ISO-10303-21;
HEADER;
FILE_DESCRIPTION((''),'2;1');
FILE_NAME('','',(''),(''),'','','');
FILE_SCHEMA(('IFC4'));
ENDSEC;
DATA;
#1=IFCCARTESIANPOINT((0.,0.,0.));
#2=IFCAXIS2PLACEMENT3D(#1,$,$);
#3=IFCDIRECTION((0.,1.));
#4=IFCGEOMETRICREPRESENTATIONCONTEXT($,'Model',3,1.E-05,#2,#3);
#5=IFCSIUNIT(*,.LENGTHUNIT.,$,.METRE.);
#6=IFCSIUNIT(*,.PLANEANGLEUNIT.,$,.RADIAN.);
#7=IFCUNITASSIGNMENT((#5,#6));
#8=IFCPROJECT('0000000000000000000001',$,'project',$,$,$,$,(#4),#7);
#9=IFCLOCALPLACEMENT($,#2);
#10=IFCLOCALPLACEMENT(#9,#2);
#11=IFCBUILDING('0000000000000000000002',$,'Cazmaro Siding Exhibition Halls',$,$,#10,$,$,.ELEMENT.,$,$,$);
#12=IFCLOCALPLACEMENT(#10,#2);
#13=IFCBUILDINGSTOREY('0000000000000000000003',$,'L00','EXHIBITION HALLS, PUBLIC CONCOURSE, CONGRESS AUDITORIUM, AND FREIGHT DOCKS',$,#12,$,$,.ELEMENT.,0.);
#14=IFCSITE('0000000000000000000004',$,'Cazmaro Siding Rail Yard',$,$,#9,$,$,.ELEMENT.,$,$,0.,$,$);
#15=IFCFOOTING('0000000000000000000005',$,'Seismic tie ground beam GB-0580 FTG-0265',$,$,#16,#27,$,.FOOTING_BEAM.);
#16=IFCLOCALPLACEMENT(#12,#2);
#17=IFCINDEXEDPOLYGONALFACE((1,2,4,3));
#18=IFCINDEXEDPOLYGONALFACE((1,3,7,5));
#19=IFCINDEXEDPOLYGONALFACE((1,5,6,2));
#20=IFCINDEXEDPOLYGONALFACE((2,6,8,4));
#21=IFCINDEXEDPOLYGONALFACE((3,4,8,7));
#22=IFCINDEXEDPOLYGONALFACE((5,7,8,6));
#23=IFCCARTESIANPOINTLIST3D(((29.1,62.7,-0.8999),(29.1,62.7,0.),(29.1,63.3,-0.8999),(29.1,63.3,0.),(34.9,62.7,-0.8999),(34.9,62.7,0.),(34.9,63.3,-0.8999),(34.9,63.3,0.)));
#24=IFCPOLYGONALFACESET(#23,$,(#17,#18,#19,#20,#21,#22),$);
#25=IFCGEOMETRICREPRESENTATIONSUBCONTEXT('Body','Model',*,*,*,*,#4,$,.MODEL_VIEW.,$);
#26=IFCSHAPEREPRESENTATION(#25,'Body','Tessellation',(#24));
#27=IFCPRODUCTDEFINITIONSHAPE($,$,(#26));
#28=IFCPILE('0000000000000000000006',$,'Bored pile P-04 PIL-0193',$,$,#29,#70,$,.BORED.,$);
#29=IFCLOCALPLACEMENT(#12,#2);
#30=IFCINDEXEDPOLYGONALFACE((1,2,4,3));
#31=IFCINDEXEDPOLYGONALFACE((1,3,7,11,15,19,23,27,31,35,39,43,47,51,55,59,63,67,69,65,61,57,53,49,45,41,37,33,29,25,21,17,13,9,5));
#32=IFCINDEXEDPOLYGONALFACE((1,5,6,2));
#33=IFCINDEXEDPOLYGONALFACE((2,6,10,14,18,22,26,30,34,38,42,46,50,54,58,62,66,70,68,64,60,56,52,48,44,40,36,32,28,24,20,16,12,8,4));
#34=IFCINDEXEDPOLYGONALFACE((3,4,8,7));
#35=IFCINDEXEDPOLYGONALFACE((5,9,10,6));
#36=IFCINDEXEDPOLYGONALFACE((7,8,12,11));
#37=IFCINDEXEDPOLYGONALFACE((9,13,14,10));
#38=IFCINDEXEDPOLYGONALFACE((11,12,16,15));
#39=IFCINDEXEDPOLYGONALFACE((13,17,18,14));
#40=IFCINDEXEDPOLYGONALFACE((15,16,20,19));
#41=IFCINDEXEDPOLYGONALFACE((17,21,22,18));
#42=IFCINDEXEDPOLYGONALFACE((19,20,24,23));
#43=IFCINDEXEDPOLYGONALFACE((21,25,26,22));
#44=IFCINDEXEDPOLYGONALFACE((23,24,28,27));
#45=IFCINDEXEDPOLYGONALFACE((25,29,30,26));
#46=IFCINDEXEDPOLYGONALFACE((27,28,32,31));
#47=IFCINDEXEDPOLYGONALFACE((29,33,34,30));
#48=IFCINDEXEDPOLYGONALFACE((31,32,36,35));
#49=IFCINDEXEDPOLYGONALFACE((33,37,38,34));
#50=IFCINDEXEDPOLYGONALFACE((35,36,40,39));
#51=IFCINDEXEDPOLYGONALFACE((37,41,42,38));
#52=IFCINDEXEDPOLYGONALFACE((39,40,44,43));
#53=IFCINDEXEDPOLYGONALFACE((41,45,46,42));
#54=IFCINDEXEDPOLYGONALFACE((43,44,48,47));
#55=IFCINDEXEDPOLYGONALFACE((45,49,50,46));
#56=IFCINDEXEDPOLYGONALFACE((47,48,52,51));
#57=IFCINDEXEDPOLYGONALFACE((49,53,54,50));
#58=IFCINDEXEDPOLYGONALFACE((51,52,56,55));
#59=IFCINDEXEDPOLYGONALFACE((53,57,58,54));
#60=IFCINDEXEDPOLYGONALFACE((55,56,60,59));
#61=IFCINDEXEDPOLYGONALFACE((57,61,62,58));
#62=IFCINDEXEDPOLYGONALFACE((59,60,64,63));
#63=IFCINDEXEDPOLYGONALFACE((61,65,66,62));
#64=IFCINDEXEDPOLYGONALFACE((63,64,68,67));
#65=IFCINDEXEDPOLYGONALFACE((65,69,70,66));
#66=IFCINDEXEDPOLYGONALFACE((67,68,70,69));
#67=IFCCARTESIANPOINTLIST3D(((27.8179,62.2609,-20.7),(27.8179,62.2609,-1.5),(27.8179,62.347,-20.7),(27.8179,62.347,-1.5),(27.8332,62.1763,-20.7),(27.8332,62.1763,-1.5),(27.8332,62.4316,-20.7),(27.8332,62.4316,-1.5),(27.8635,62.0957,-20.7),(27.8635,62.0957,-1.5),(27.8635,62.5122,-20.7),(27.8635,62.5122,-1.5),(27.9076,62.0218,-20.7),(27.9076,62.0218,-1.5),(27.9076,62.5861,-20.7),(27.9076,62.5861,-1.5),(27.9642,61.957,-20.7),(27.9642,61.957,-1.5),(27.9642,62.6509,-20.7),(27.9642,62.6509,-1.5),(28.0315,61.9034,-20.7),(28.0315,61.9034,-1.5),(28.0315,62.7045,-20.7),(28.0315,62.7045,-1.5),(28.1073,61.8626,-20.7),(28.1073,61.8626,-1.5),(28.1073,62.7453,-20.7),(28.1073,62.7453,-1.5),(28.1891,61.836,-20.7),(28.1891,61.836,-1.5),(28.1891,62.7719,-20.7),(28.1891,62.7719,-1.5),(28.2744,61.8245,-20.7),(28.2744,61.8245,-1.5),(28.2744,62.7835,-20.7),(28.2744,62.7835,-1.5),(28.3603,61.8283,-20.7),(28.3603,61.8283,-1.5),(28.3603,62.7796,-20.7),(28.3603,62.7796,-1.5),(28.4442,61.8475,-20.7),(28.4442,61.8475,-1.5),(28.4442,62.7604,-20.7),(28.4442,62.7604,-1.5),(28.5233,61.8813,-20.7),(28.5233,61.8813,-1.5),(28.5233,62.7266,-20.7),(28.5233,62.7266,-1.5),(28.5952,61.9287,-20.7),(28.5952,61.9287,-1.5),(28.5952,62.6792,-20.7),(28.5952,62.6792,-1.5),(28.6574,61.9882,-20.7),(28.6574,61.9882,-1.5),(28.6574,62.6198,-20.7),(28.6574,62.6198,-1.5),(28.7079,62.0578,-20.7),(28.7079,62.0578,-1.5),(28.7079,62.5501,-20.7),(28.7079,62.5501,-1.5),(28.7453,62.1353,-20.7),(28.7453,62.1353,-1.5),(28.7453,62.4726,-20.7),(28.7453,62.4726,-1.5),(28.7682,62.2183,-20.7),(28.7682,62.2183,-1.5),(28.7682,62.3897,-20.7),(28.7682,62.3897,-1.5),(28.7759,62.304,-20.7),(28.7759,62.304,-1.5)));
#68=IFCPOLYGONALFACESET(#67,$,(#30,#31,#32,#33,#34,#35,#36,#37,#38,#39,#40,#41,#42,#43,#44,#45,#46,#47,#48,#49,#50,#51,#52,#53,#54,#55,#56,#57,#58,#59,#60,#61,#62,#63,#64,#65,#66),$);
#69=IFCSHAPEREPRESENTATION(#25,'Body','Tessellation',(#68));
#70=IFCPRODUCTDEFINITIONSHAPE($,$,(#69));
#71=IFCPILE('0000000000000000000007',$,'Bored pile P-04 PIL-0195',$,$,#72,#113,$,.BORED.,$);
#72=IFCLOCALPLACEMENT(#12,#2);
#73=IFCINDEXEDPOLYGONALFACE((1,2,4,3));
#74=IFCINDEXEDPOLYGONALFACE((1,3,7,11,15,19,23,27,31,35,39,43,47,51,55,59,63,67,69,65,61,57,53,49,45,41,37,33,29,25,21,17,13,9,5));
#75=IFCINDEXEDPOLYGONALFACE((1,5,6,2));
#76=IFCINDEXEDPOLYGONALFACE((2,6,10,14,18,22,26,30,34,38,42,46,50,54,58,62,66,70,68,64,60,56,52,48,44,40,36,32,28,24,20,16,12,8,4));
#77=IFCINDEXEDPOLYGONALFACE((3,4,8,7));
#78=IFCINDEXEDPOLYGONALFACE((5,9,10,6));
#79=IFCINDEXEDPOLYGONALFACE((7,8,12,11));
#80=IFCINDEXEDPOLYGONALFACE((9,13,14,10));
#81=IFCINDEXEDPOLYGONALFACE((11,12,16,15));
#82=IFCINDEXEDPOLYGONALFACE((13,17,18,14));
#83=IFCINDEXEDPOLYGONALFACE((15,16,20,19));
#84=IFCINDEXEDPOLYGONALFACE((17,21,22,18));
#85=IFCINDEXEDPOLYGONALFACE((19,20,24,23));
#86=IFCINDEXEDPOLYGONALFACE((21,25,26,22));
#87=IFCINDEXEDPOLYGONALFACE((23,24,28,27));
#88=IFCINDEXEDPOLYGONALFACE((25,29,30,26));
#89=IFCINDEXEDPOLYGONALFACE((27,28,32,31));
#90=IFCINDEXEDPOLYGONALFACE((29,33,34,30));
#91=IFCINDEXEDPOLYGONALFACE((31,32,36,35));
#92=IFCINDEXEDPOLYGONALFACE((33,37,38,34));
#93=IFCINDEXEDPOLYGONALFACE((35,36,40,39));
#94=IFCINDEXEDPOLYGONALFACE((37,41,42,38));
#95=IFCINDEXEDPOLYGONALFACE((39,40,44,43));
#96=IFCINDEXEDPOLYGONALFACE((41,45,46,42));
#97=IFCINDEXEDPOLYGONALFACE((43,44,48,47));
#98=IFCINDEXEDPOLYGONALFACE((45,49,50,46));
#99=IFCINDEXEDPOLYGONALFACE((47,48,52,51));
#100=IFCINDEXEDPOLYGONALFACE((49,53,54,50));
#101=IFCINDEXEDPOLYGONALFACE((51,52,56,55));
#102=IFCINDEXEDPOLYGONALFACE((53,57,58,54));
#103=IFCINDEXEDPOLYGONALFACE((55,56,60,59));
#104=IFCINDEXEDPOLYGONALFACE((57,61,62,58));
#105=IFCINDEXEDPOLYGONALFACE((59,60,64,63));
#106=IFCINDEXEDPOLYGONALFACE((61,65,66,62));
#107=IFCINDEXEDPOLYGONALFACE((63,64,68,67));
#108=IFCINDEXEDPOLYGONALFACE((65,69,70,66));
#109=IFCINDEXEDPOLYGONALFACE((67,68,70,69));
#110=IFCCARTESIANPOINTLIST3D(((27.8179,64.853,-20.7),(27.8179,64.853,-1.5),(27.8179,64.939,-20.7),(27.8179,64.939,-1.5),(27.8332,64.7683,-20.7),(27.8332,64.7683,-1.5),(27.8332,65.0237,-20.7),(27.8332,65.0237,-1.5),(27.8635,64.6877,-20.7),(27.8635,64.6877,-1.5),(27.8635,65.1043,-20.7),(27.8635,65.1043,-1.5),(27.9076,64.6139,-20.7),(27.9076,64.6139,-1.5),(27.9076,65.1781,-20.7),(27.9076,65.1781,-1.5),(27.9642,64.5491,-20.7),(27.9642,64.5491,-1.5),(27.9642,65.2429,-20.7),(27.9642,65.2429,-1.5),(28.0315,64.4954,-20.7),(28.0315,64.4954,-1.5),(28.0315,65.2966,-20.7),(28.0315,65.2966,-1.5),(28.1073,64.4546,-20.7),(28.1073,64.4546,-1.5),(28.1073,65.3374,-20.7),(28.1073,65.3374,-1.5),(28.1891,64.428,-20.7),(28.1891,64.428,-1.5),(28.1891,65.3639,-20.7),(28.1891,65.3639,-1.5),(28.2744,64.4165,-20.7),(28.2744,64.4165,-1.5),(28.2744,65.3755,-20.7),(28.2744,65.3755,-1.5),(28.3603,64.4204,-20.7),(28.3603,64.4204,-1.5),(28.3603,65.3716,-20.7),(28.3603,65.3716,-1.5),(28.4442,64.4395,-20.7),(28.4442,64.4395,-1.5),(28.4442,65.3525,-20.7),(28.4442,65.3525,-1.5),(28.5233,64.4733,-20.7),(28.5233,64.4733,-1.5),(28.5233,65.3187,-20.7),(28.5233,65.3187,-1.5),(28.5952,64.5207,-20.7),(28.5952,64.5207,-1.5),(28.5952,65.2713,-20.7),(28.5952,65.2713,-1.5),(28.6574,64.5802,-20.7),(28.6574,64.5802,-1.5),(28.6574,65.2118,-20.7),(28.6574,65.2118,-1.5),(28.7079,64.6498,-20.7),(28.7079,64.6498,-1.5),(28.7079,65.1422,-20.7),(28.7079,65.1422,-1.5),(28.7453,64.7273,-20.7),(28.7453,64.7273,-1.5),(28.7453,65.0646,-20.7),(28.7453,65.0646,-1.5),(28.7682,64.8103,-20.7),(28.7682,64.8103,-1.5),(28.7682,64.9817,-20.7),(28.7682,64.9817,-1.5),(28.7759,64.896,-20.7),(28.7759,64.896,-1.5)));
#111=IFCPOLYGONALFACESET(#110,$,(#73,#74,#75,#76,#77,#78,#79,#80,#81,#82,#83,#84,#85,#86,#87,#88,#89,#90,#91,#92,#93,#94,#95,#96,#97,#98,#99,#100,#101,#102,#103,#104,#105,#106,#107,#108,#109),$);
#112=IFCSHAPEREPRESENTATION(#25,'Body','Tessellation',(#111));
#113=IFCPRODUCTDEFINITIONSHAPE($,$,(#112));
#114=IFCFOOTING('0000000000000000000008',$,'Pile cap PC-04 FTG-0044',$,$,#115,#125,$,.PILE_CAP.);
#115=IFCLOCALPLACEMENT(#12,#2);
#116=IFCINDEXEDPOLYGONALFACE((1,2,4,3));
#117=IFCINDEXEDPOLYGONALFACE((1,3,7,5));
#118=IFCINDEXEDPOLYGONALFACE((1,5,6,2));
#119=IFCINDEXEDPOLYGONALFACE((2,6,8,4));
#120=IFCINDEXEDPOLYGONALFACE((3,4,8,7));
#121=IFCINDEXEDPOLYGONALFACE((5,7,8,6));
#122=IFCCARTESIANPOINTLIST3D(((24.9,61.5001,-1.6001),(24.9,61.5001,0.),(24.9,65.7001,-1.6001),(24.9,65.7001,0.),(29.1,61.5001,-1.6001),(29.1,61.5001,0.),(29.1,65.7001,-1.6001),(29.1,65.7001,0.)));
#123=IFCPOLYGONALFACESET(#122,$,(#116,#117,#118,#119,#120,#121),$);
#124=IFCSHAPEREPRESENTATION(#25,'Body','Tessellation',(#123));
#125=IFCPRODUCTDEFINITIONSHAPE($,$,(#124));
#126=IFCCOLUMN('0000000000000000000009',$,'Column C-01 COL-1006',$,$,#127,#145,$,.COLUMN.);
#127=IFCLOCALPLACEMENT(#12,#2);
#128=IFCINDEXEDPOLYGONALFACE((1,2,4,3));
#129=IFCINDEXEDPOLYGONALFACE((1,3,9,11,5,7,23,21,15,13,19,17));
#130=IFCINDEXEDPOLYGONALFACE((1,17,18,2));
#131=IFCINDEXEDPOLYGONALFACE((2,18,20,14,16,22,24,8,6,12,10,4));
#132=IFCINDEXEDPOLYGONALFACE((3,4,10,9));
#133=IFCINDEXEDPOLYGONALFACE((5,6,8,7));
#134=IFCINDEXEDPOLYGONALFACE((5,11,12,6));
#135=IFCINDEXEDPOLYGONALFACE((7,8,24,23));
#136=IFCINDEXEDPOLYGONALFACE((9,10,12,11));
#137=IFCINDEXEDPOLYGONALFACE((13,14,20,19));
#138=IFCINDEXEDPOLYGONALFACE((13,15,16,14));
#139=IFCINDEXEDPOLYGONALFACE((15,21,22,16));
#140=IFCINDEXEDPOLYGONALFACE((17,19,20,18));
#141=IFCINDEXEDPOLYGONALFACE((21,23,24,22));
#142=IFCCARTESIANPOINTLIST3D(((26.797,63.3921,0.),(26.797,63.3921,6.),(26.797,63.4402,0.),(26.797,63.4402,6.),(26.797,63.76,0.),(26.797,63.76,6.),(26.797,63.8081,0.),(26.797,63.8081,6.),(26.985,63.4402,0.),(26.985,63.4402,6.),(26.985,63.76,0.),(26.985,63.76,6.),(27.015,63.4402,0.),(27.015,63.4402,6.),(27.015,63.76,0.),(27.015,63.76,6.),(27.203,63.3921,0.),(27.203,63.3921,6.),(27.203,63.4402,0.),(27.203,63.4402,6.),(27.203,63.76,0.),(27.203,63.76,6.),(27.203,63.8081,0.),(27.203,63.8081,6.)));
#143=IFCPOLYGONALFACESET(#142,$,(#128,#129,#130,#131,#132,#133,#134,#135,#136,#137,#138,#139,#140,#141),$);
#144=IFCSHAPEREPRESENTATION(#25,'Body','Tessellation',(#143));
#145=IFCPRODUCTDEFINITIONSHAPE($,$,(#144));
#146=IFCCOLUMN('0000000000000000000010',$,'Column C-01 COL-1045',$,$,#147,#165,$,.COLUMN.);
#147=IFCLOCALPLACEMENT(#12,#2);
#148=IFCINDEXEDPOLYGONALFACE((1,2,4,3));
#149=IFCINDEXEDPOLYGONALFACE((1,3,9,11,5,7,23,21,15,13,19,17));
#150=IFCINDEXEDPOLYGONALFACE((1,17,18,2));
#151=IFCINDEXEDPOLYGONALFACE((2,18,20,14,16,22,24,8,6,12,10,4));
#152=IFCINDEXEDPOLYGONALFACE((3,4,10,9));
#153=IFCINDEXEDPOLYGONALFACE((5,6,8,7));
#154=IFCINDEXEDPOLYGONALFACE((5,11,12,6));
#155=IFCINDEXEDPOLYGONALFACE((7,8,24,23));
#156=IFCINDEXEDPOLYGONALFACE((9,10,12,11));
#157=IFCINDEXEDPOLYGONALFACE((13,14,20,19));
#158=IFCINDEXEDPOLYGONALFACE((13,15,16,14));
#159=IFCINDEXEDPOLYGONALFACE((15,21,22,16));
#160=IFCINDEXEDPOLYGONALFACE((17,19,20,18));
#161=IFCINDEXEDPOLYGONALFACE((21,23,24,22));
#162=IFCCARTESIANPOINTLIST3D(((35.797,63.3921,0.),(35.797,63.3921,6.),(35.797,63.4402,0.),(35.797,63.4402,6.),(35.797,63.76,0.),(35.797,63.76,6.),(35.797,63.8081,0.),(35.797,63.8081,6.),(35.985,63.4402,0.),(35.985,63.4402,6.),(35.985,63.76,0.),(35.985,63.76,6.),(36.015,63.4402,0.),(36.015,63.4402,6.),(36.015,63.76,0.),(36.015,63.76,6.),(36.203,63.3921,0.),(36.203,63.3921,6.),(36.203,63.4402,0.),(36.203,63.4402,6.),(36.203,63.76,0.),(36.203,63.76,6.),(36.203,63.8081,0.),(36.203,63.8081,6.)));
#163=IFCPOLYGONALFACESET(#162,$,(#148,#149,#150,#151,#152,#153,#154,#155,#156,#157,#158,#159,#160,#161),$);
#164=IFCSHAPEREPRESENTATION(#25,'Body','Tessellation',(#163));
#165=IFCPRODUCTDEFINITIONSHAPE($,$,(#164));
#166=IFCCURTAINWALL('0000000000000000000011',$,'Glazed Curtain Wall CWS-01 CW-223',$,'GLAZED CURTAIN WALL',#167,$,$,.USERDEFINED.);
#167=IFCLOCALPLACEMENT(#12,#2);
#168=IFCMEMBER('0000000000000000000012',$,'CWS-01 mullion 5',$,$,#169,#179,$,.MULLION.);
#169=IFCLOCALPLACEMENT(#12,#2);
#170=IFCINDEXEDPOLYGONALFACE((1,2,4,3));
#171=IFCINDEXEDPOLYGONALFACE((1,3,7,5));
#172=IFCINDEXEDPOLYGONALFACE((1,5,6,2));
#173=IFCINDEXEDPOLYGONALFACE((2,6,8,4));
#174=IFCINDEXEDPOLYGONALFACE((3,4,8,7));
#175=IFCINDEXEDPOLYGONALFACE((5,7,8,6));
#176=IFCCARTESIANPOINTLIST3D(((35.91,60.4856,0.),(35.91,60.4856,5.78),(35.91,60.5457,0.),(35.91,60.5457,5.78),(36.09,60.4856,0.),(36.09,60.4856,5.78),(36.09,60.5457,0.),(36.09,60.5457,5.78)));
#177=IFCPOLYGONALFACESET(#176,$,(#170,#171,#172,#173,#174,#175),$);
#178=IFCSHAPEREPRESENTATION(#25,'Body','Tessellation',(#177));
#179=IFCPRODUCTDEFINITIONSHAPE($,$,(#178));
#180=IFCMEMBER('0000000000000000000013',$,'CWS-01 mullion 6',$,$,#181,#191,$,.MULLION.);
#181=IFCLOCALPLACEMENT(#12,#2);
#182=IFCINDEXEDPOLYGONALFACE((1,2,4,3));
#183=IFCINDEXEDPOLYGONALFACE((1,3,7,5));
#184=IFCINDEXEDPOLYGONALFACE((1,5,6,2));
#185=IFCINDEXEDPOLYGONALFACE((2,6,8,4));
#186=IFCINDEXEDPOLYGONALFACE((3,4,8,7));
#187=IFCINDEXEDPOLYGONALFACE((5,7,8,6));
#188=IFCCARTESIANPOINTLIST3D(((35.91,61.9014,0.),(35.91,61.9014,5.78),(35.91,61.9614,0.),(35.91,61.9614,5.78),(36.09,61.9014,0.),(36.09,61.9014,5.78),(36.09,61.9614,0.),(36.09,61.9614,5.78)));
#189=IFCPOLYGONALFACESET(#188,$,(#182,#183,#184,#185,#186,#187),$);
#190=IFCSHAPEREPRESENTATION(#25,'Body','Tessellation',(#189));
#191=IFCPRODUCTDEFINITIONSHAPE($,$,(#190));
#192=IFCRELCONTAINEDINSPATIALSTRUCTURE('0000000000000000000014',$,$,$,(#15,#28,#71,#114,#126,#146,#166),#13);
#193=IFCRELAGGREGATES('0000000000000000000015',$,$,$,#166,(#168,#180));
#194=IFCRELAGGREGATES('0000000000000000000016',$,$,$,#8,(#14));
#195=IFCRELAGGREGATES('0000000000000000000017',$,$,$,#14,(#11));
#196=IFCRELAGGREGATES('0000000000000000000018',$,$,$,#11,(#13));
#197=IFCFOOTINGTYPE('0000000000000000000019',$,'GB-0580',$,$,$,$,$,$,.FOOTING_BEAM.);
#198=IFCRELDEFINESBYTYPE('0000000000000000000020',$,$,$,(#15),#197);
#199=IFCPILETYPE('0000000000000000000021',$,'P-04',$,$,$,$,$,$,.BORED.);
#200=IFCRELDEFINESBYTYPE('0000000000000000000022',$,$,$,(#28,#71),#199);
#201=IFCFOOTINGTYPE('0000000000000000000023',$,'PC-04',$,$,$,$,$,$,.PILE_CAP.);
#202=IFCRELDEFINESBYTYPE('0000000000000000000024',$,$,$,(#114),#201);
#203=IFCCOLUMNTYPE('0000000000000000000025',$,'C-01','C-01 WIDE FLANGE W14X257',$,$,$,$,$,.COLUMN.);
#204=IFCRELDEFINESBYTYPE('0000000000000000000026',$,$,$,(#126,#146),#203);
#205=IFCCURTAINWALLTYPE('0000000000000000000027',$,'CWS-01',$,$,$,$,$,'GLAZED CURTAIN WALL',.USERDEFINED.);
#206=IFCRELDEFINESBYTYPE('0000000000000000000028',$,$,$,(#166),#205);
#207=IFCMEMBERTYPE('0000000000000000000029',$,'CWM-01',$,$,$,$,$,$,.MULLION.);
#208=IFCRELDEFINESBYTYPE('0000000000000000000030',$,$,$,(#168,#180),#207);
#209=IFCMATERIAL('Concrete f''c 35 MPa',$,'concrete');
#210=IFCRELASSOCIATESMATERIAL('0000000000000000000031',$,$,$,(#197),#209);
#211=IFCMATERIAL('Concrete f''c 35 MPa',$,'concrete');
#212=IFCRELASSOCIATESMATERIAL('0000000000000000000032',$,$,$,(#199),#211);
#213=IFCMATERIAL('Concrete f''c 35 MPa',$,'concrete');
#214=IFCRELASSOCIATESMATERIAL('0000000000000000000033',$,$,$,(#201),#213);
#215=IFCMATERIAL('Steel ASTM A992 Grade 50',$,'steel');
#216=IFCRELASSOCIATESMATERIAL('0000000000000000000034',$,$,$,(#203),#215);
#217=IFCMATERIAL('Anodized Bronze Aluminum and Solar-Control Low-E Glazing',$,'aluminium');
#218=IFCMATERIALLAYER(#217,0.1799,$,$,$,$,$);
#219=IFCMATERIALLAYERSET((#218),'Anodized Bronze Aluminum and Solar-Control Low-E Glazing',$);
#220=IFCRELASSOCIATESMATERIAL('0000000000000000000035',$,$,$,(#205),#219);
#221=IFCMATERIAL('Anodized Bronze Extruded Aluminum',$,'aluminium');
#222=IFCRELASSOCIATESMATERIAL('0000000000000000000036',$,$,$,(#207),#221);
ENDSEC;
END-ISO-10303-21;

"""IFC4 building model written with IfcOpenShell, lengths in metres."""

from ifc_helpers import new_model, si_unit, direction, frame, origin, origin_2d, place, context, subcontext, project, spatial, rectangle, circle, i_section, extrude, material, layer, layer_set, material_profile, profile_set, type_object, element, aggregate, save


model = new_model("IFC4")

# Units and contexts
model_context = context("Model", 3, precision=1e-05, world=origin(), true_north=direction((0.0, 1.0)))
body_context = subcontext(model_context, "Body", "Model", "MODEL_VIEW")
ifc_project = project(units=[si_unit("LENGTHUNIT", "METRE"), si_unit("PLANEANGLEUNIT", "RADIAN")], contexts=[model_context])

# Site, building, storey
site_placement = place(None, origin())
site = spatial("IfcSite", under=ifc_project, at=site_placement, Name="Cazmaro Siding Rail Yard", CompositionType="ELEMENT", RefElevation=0.0)
building_placement = place(site_placement, origin())
building = spatial("IfcBuilding", under=site, at=building_placement, Name="Cazmaro Siding Exhibition Halls", CompositionType="ELEMENT")
storey_placement = place(building_placement, origin())
storey = spatial("IfcBuildingStorey", under=building, at=storey_placement, Name="L00", Description="EXHIBITION HALLS, PUBLIC CONCOURSE, CONGRESS AUDITORIUM, AND FREIGHT DOCKS", CompositionType="ELEMENT", Elevation=0.0)

# Footing
ifc_material_1 = material(Name="Concrete f'c 35 MPa", Category="concrete")
footing_type_1 = type_object("IfcFootingType", Name="GB-0580", PredefinedType="FOOTING_BEAM", material=ifc_material_1)
footing_1_placement = place(storey_placement, frame((32.0, 63.0, -0.8999), z_axis=(0.0, 0.0, 1.0), x_axis=(1.0, 0.0, 0.0)))
element("IfcFooting", 1, at=footing_1_placement, inside=storey, type_object=footing_type_1, Name="Seismic tie ground beam GB-0580 FTG-0265", PredefinedType="FOOTING_BEAM", context=body_context, shape_type="SweptSolid", body=[
    extrude(rectangle(XDim=5.8, YDim=0.6001, at=origin_2d()), origin(), (0.0, 0.0, 1.0), 0.8999),
])

# Piles
ifc_material_2 = material(Name="Concrete f'c 35 MPa", Category="concrete")
ifc_material_profile_1 = material_profile(ifc_material_2, circle(Radius=0.48, at=origin_2d()), Name="CIDH-960")
ifc_profile_set_1 = profile_set([ifc_material_profile_1], Name="Concrete f'c 35 MPa")
pile_type = type_object("IfcPileType", Name="P-04", PredefinedType="BORED", material=ifc_profile_set_1)
for number, where, z_axis, x_axis, name in (
    (2, (28.2959, 62.304, -1.5), (0.0, 0.0, -1.0), (1.0, 0.0, 0.0), "Bored pile P-04 PIL-0193"),
    (3, (28.2959, 64.896, -1.5), (0.0, 0.0, -1.0), (1.0, 0.0, 0.0), "Bored pile P-04 PIL-0195"),
):
    element("IfcPile", number, at=place(storey_placement, frame(where, z_axis=z_axis, x_axis=x_axis)), inside=storey, type_object=pile_type, Name=name, PredefinedType="BORED", context=body_context, shape_type="SweptSolid", body=[
        extrude(circle(Radius=0.48, at=origin_2d()), origin(), (0.0, 0.0, 1.0), 19.2),
    ])

# Footing
ifc_material_3 = material(Name="Concrete f'c 35 MPa", Category="concrete")
footing_type_2 = type_object("IfcFootingType", Name="PC-04", PredefinedType="PILE_CAP", material=ifc_material_3)
footing_2_placement = place(storey_placement, frame((27.0, 63.6001, -1.6001), z_axis=(0.0, 0.0, 1.0), x_axis=(1.0, 0.0, 0.0)))
element("IfcFooting", 4, at=footing_2_placement, inside=storey, type_object=footing_type_2, Name="Pile cap PC-04 FTG-0044", PredefinedType="PILE_CAP", context=body_context, shape_type="SweptSolid", body=[
    extrude(rectangle(XDim=4.2, YDim=4.2, at=origin_2d()), origin(), (0.0, 0.0, 1.0), 1.6001),
])

# Columns
ifc_material_4 = material(Name="Steel ASTM A992 Grade 50", Category="steel")
ifc_material_profile_2 = material_profile(ifc_material_4, i_section(OverallWidth=0.406, OverallDepth=0.416, WebThickness=0.03, FlangeThickness=0.0481, at=origin_2d()), Name="W14X257")
ifc_profile_set_2 = profile_set([ifc_material_profile_2], Name="Steel ASTM A992 Grade 50")
column_type = type_object("IfcColumnType", Name="C-01", Description="C-01 WIDE FLANGE W14X257", PredefinedType="COLUMN", material=ifc_profile_set_2)
for number, where, z_axis, x_axis, name in (
    (5, (27.0, 63.6001, 0.0), (0.0, 0.0, 1.0), (1.0, 0.0, 0.0), "Column C-01 COL-1006"),
    (6, (36.0, 63.6001, 0.0), (0.0, 0.0, 1.0), (1.0, 0.0, 0.0), "Column C-01 COL-1045"),
):
    element("IfcColumn", number, at=place(storey_placement, frame(where, z_axis=z_axis, x_axis=x_axis)), inside=storey, type_object=column_type, Name=name, PredefinedType="COLUMN", context=body_context, shape_type="SweptSolid", body=[
        extrude(i_section(OverallWidth=0.406, OverallDepth=0.416, WebThickness=0.03, FlangeThickness=0.0481, at=origin_2d()), origin(), (0.0, 0.0, 1.0), 6.0),
    ])

# Curtain wall, members
ifc_material_5 = material(Name="Anodized Bronze Aluminum and Solar-Control Low-E Glazing", Category="aluminium")
ifc_layer_1 = layer(ifc_material_5, 0.1799)
ifc_layer_set_1 = layer_set([ifc_layer_1], Name="Anodized Bronze Aluminum and Solar-Control Low-E Glazing")
curtain_wall_type = type_object("IfcCurtainWallType", Name="CWS-01", ElementType="GLAZED CURTAIN WALL", PredefinedType="USERDEFINED", material=ifc_layer_set_1)
curtain_wall_1_placement = place(storey_placement, origin())
curtain_wall_1 = element("IfcCurtainWall", 7, at=curtain_wall_1_placement, inside=storey, type_object=curtain_wall_type, Name="Glazed Curtain Wall CWS-01 CW-223", ObjectType="GLAZED CURTAIN WALL", PredefinedType="USERDEFINED")
ifc_material_6 = material(Name="Anodized Bronze Extruded Aluminum", Category="aluminium")
ifc_material_profile_3 = material_profile(ifc_material_6, rectangle(XDim=0.1799, YDim=0.0601, at=origin_2d()), Name="CWM-01")
ifc_profile_set_3 = profile_set([ifc_material_profile_3], Name="Anodized Bronze Extruded Aluminum")
member_type_1 = type_object("IfcMemberType", Name="CWM-01", PredefinedType="MULLION", material=ifc_profile_set_3)
member_1_placement = place(storey_placement, frame((36.0, 60.5156, 0.0), z_axis=(0.0, 0.0, 1.0), x_axis=(-1.0, 0.0, 0.0)))
member_1 = element("IfcMember", 8, at=member_1_placement, type_object=member_type_1, Name="CWS-01 mullion 5", PredefinedType="MULLION", context=body_context, shape_type="SweptSolid", body=[
    extrude(rectangle(XDim=0.1799, YDim=0.0601, at=origin_2d()), origin(), (0.0, 0.0, 1.0), 5.78),
])
member_2_placement = place(storey_placement, frame((36.0, 61.9314, 0.0), z_axis=(0.0, 0.0, 1.0), x_axis=(-1.0, 0.0, 0.0)))
member_2 = element("IfcMember", 9, at=member_2_placement, type_object=member_type_1, Name="CWS-01 mullion 6", PredefinedType="MULLION", context=body_context, shape_type="SweptSolid", body=[
    extrude(rectangle(XDim=0.1799, YDim=0.0601, at=origin_2d()), origin(), (0.0, 0.0, 1.0), 5.78),
])

aggregate(curtain_wall_1, [member_1, member_2])

save(model, "model.ifc")
